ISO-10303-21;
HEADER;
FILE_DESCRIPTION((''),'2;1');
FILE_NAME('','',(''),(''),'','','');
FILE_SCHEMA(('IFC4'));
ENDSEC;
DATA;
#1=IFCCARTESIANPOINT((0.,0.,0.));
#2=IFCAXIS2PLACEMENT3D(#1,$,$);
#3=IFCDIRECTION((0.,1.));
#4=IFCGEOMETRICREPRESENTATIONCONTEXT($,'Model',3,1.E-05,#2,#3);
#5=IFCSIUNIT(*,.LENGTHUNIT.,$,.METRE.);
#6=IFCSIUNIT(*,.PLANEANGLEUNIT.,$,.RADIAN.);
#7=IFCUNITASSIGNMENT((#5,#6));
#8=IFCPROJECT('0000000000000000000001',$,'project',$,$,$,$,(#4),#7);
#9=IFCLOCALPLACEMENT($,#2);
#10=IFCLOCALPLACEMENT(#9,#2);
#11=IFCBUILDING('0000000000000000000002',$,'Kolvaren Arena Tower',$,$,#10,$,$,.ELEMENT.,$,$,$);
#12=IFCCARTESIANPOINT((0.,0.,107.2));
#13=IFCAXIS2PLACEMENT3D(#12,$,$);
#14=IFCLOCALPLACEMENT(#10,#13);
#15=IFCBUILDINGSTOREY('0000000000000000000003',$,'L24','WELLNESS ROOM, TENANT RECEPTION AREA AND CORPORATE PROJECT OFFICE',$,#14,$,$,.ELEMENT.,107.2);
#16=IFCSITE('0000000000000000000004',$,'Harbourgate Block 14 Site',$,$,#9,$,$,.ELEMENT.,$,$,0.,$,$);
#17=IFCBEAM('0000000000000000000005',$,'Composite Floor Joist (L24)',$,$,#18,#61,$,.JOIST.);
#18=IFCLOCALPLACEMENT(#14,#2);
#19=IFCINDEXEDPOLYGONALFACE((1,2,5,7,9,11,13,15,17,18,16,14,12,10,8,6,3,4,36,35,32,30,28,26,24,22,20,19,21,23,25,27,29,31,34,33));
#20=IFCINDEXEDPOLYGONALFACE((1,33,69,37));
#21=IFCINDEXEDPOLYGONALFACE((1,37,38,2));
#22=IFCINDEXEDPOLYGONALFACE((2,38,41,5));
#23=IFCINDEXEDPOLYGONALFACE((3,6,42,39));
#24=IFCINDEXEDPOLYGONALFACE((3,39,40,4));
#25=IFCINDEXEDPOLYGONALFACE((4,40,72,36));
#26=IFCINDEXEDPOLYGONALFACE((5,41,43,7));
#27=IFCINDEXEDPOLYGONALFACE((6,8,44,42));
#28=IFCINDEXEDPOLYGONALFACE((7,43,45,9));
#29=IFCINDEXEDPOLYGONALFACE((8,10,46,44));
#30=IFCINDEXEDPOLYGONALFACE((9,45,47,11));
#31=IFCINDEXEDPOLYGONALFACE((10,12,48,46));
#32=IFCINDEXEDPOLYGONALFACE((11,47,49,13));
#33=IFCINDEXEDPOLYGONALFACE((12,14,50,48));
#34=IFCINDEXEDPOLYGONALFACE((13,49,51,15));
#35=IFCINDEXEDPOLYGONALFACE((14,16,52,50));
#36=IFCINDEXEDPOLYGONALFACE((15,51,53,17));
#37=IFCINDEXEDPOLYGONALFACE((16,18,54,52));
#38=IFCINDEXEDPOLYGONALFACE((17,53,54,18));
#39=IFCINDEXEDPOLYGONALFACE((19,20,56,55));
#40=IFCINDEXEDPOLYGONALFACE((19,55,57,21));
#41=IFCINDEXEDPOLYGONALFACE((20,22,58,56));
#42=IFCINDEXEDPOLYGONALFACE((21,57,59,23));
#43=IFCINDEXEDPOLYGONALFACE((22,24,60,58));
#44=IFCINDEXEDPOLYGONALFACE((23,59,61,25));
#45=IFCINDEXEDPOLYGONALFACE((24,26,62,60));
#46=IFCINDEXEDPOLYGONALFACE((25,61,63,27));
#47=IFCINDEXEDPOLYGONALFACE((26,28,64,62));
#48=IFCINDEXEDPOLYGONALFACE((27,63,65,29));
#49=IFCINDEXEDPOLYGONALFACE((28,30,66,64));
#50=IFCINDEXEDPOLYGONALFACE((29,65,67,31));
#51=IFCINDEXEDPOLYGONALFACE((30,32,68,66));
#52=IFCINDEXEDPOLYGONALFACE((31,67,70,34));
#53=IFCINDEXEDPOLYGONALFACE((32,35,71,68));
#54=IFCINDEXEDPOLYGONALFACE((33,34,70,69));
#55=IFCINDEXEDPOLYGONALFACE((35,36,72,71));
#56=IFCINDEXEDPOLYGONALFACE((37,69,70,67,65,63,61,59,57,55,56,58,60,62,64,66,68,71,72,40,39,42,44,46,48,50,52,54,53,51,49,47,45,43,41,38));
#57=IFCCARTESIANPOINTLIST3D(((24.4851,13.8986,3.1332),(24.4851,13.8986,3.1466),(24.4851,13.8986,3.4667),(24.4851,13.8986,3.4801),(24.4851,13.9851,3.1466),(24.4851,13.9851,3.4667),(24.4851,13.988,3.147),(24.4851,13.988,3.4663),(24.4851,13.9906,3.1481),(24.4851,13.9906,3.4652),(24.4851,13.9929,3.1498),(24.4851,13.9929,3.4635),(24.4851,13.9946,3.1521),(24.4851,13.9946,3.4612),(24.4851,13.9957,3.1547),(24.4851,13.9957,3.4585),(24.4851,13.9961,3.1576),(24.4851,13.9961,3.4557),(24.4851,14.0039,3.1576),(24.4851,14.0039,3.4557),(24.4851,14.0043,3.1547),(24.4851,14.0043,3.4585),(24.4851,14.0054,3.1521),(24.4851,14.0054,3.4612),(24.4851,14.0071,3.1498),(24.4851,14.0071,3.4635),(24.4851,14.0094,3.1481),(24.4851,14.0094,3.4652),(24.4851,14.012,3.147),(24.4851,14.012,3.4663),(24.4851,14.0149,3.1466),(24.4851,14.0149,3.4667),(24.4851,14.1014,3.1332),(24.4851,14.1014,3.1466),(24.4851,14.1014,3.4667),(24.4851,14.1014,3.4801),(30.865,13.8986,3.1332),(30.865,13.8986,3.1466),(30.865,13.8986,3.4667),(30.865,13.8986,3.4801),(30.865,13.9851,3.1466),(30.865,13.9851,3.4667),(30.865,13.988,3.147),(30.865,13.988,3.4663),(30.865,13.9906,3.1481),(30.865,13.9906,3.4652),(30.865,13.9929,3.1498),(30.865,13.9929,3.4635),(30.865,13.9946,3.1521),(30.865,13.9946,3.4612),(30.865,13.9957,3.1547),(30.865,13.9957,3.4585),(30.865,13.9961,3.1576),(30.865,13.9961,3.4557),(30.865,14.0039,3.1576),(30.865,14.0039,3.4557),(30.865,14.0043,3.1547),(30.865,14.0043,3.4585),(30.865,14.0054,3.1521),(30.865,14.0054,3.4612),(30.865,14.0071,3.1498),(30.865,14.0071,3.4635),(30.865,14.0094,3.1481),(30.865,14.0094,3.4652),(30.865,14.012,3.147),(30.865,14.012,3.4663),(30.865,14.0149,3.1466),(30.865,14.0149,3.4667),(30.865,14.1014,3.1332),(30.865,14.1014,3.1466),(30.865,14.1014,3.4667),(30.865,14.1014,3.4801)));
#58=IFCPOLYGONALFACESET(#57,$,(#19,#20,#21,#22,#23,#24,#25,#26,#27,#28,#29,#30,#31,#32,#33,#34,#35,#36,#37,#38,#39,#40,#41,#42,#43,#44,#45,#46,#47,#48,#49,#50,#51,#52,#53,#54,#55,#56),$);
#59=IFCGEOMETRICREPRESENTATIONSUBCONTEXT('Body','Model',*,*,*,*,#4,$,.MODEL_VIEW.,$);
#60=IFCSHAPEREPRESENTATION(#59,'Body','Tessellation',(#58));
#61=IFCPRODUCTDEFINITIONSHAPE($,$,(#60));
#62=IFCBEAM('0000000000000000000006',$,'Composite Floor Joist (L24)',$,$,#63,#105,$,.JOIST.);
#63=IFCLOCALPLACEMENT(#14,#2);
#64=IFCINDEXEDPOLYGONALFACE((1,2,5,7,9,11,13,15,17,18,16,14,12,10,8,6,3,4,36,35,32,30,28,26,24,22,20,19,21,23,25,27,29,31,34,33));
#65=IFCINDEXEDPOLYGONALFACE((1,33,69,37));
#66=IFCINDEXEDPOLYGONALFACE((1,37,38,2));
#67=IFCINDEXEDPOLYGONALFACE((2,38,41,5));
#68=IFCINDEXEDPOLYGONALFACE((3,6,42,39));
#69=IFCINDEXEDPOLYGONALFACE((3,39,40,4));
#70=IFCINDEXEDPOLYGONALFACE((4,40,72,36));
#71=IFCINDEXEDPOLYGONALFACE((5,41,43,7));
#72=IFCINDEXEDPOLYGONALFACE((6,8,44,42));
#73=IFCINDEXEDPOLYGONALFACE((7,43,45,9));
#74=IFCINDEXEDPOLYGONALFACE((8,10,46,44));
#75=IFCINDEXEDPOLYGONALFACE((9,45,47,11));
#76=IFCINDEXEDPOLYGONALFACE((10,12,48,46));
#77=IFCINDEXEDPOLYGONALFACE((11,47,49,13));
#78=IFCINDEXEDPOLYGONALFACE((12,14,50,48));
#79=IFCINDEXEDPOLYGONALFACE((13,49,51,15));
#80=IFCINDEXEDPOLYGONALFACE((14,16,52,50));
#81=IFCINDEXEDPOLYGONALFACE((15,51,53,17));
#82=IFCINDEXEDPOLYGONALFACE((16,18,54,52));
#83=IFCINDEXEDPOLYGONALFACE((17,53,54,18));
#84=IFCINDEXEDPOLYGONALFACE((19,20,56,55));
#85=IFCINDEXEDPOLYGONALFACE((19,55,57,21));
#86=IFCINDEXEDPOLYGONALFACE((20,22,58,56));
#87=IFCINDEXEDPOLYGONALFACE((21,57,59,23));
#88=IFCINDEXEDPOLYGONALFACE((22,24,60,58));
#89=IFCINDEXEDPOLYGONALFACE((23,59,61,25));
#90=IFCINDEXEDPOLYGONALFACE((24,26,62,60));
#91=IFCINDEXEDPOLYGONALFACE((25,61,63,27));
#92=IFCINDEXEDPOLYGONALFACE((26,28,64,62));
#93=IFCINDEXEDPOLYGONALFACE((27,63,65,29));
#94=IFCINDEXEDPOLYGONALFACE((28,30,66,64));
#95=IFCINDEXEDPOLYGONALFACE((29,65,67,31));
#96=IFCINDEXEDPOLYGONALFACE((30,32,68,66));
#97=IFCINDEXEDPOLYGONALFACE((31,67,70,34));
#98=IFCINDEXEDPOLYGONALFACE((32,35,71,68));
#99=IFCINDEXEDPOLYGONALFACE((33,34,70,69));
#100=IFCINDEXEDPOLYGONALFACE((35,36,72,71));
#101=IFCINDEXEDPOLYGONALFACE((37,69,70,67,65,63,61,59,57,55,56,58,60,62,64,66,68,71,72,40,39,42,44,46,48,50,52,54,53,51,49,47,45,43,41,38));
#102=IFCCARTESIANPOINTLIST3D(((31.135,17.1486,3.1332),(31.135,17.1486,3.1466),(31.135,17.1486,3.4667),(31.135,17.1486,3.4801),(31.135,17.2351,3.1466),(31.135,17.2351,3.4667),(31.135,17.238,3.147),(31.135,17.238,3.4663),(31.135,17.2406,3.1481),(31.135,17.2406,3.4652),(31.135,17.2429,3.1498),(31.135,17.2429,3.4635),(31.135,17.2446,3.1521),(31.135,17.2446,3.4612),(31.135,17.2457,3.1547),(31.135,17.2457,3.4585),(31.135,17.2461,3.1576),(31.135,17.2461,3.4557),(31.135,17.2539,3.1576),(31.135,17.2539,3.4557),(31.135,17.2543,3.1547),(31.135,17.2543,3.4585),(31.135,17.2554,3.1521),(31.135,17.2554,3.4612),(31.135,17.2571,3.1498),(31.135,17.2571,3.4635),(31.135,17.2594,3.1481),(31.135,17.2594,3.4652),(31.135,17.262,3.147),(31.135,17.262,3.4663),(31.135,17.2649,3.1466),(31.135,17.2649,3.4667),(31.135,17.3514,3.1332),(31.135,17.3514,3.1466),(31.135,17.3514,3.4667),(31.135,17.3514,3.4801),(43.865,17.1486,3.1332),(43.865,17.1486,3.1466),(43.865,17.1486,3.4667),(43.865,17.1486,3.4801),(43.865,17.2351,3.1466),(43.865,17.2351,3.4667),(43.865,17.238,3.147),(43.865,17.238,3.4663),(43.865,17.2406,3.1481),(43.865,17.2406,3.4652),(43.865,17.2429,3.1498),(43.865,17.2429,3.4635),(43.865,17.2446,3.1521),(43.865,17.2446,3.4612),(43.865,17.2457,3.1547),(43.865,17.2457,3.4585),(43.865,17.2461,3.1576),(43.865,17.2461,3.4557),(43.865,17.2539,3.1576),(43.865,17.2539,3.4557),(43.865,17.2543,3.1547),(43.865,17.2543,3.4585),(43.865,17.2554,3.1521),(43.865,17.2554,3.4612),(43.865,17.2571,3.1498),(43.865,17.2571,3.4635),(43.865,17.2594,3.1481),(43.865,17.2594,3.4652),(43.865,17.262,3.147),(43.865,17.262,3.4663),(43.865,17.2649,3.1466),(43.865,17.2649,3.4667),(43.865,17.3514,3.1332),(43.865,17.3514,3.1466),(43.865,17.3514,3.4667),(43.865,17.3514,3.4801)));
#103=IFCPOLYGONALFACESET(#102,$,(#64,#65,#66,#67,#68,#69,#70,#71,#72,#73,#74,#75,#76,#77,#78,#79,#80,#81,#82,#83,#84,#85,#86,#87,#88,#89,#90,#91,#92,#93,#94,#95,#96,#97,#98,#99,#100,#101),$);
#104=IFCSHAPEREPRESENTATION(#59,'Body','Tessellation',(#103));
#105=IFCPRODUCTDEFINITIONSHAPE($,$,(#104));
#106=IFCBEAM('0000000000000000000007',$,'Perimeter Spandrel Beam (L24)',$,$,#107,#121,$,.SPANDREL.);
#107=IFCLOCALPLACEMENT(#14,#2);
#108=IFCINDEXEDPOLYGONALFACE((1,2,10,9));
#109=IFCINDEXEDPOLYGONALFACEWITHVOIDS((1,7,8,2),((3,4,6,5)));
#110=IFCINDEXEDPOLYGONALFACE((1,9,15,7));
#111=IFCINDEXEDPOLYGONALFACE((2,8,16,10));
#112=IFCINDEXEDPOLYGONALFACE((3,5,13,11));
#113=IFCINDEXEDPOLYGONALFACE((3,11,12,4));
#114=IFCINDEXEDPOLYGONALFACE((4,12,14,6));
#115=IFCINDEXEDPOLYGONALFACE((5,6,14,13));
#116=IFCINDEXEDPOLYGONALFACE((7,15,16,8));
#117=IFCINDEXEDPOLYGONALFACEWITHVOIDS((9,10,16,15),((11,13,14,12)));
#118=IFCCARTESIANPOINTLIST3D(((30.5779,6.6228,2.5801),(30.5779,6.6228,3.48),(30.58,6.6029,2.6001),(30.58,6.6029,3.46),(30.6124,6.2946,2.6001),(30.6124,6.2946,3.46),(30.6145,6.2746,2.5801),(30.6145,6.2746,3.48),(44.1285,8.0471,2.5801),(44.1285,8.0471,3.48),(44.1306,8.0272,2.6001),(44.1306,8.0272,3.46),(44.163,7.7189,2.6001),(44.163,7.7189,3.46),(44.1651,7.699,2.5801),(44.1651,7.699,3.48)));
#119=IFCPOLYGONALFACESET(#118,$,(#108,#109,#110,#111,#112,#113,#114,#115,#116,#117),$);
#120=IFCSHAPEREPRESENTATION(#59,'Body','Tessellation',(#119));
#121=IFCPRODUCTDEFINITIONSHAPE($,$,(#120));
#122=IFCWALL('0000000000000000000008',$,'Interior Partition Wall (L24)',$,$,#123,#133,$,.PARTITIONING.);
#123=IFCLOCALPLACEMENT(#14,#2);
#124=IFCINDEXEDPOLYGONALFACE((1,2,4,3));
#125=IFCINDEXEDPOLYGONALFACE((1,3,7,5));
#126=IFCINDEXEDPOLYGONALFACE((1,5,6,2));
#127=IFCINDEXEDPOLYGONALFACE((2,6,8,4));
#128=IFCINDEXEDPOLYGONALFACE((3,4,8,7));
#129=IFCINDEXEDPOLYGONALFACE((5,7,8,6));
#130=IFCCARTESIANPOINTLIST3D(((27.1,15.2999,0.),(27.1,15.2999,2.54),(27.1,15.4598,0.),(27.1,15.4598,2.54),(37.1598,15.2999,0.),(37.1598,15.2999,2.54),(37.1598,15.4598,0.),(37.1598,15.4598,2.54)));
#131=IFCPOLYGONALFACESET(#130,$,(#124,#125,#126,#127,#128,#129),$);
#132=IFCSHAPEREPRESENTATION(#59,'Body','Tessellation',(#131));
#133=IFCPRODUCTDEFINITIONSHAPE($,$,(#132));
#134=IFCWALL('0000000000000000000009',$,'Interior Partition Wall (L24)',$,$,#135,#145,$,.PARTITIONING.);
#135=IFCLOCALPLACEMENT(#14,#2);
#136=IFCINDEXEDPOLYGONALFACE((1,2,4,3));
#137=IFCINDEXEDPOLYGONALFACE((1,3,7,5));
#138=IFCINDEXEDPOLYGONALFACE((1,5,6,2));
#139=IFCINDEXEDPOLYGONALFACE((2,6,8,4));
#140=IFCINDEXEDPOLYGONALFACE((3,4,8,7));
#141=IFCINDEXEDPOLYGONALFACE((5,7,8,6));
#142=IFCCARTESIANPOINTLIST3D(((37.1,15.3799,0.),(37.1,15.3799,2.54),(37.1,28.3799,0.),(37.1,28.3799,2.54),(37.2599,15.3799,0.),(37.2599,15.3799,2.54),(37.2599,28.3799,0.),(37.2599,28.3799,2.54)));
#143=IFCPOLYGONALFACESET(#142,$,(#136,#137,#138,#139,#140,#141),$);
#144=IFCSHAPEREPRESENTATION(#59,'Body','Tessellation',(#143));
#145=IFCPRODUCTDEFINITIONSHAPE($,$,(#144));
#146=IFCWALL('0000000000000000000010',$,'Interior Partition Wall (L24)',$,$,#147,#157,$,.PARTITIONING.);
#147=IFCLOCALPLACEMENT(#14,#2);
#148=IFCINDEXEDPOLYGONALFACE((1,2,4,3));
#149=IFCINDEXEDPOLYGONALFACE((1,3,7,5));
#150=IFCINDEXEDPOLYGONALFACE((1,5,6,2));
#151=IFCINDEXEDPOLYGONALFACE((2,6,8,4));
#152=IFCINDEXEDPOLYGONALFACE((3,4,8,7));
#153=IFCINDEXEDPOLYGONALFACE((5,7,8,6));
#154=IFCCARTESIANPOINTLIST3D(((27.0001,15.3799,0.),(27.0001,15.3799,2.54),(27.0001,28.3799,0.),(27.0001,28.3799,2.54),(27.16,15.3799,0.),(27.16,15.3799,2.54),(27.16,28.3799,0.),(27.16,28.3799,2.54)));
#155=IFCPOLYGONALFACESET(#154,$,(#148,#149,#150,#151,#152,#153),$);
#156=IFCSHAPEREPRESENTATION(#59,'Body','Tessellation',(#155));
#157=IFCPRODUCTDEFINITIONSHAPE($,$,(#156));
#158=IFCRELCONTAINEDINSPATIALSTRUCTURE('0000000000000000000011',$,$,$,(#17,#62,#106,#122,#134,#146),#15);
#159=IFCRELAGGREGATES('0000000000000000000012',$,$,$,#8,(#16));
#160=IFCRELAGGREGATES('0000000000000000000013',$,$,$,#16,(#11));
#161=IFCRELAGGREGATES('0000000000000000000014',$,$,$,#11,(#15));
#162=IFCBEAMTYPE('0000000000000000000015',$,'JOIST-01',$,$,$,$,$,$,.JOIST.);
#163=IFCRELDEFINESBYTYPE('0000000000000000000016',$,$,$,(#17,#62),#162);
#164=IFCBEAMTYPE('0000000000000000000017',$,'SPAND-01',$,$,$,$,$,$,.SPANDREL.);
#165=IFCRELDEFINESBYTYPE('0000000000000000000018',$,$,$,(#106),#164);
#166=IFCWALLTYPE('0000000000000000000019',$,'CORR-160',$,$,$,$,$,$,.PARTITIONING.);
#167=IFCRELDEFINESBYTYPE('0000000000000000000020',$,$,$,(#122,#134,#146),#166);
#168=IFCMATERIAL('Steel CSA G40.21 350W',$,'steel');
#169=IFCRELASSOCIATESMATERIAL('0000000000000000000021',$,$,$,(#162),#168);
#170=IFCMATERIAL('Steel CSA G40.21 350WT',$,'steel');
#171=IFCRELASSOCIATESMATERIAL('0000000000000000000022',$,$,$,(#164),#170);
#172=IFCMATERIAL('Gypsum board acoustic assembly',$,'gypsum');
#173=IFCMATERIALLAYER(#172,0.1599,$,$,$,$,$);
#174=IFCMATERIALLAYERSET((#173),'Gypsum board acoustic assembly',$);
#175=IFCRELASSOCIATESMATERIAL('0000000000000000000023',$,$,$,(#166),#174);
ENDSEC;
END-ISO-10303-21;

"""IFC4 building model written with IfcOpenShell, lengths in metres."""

from ifc_helpers import new_model, si_unit, direction, frame, frame_2d, origin, origin_2d, place, context, subcontext, project, spatial, rectangle, hollow_rectangle, i_section, extrude, material, layer, layer_set, material_profile, profile_set, type_object, element, save


model = new_model("IFC4")

# Units and contexts
model_context = context("Model", 3, precision=1e-05, world=origin(), true_north=direction((0.0, 1.0)))
body_context = subcontext(model_context, "Body", "Model", "MODEL_VIEW")
ifc_project = project(units=[si_unit("LENGTHUNIT", "METRE"), si_unit("PLANEANGLEUNIT", "RADIAN")], contexts=[model_context])

# Site, building, storey
site_placement = place(None, origin())
site = spatial("IfcSite", under=ifc_project, at=site_placement, Name="Harbourgate Block 14 Site", CompositionType="ELEMENT", RefElevation=0.0)
building_placement = place(site_placement, origin())
building = spatial("IfcBuilding", under=site, at=building_placement, Name="Kolvaren Arena Tower", CompositionType="ELEMENT")
storey_placement = place(building_placement, frame((0.0, 0.0, 107.2)))
storey = spatial("IfcBuildingStorey", under=building, at=storey_placement, Name="L24", Description="WELLNESS ROOM, TENANT RECEPTION AREA AND CORPORATE PROJECT OFFICE", CompositionType="ELEMENT", Elevation=107.2)

# Beams
ifc_material_1 = material(Name="Steel CSA G40.21 350W", Category="steel")
ifc_material_profile_1 = material_profile(ifc_material_1, i_section(OverallWidth=0.2029, OverallDepth=0.3469, WebThickness=0.0078, FlangeThickness=0.0134, FilletRadius=0.011, at=origin_2d()), Name="W360x64")
ifc_profile_set_1 = profile_set([ifc_material_profile_1], Name="Steel CSA G40.21 350W")
beam_type_1 = type_object("IfcBeamType", Name="JOIST-01", PredefinedType="JOIST", material=ifc_profile_set_1)
beam_1_placement = place(storey_placement, frame((24.4851, 14.0, 3.3066), z_axis=(1.0, 0.0, 0.0), x_axis=(0.0, 1.0, 0.0)))
element("IfcBeam", 1, at=beam_1_placement, inside=storey, type_object=beam_type_1, Name="Composite Floor Joist (L24)", PredefinedType="JOIST", context=body_context, shape_type="SweptSolid", body=[
    extrude(i_section(OverallWidth=0.2029, OverallDepth=0.3469, WebThickness=0.0078, FlangeThickness=0.0134, FilletRadius=0.011, at=origin_2d()), origin(), (0.0, 0.0, 1.0), 6.3799),
])
beam_2_placement = place(storey_placement, frame((31.135, 17.25, 3.3066), z_axis=(1.0, 0.0, 0.0), x_axis=(0.0, 1.0, 0.0)))
element("IfcBeam", 2, at=beam_2_placement, inside=storey, type_object=beam_type_1, Name="Composite Floor Joist (L24)", PredefinedType="JOIST", context=body_context, shape_type="SweptSolid", body=[
    extrude(i_section(OverallWidth=0.2029, OverallDepth=0.3469, WebThickness=0.0078, FlangeThickness=0.0134, FilletRadius=0.011, at=origin_2d()), origin(), (0.0, 0.0, 1.0), 12.73),
])
ifc_material_2 = material(Name="Steel CSA G40.21 350WT", Category="steel")
ifc_material_profile_2 = material_profile(ifc_material_2, hollow_rectangle(XDim=0.3501, YDim=0.8999, WallThickness=0.02, at=origin_2d()), Name="HSS 900x350x20")
ifc_profile_set_2 = profile_set([ifc_material_profile_2], Name="Steel CSA G40.21 350WT")
beam_type_2 = type_object("IfcBeamType", Name="SPAND-01", PredefinedType="SPANDREL", material=ifc_profile_set_2)
beam_3_placement = place(storey_placement, frame((30.5962, 6.4487, 3.03), z_axis=(0.994521, 0.104536, 0.0), x_axis=(-0.104536, 0.994521, 0.0)))
element("IfcBeam", 3, at=beam_3_placement, inside=storey, type_object=beam_type_2, Name="Perimeter Spandrel Beam (L24)", PredefinedType="SPANDREL", context=body_context, shape_type="SweptSolid", body=[
    extrude(hollow_rectangle(XDim=0.3501, YDim=0.8999, WallThickness=0.02, at=origin_2d()), origin(), (0.0, 0.0, 1.0), 13.6252),
])

# Walls
ifc_material_3 = material(Name="Gypsum board acoustic assembly", Category="gypsum")
ifc_layer_1 = layer(ifc_material_3, 0.1599)
ifc_layer_set_1 = layer_set([ifc_layer_1], Name="Gypsum board acoustic assembly")
wall_type_1 = type_object("IfcWallType", Name="CORR-160", PredefinedType="PARTITIONING", material=ifc_layer_set_1)
wall_1_placement = place(storey_placement, frame((27.1001, 15.3799, 0.0), z_axis=(0.0, 0.0, 1.0), x_axis=(1.0, 0.0, 0.0)))
element("IfcWall", 4, at=wall_1_placement, inside=storey, type_object=wall_type_1, Name="Interior Partition Wall (L24)", PredefinedType="PARTITIONING", context=body_context, shape_type="SweptSolid", body=[
    extrude(rectangle(XDim=10.0598, YDim=0.1599, at=frame_2d((5.0298, 0.0))), origin(), (0.0, 0.0, 1.0), 2.54),
])
for number, where, z_axis, x_axis, name in (
    (5, (37.1799, 15.3799, 0.0), (0.0, 0.0, 1.0), (0.0, 1.0, 0.0), "Interior Partition Wall (L24)"),
    (6, (27.0801, 15.3799, 0.0), (0.0, 0.0, 1.0), (0.0, 1.0, 0.0), "Interior Partition Wall (L24)"),
):
    element("IfcWall", number, at=place(storey_placement, frame(where, z_axis=z_axis, x_axis=x_axis)), inside=storey, type_object=wall_type_1, Name=name, PredefinedType="PARTITIONING", context=body_context, shape_type="SweptSolid", body=[
        extrude(rectangle(XDim=13.0, YDim=0.1599, at=frame_2d((6.5, 0.0))), origin(), (0.0, 0.0, 1.0), 2.54),
    ])

save(model, "model.ifc")
